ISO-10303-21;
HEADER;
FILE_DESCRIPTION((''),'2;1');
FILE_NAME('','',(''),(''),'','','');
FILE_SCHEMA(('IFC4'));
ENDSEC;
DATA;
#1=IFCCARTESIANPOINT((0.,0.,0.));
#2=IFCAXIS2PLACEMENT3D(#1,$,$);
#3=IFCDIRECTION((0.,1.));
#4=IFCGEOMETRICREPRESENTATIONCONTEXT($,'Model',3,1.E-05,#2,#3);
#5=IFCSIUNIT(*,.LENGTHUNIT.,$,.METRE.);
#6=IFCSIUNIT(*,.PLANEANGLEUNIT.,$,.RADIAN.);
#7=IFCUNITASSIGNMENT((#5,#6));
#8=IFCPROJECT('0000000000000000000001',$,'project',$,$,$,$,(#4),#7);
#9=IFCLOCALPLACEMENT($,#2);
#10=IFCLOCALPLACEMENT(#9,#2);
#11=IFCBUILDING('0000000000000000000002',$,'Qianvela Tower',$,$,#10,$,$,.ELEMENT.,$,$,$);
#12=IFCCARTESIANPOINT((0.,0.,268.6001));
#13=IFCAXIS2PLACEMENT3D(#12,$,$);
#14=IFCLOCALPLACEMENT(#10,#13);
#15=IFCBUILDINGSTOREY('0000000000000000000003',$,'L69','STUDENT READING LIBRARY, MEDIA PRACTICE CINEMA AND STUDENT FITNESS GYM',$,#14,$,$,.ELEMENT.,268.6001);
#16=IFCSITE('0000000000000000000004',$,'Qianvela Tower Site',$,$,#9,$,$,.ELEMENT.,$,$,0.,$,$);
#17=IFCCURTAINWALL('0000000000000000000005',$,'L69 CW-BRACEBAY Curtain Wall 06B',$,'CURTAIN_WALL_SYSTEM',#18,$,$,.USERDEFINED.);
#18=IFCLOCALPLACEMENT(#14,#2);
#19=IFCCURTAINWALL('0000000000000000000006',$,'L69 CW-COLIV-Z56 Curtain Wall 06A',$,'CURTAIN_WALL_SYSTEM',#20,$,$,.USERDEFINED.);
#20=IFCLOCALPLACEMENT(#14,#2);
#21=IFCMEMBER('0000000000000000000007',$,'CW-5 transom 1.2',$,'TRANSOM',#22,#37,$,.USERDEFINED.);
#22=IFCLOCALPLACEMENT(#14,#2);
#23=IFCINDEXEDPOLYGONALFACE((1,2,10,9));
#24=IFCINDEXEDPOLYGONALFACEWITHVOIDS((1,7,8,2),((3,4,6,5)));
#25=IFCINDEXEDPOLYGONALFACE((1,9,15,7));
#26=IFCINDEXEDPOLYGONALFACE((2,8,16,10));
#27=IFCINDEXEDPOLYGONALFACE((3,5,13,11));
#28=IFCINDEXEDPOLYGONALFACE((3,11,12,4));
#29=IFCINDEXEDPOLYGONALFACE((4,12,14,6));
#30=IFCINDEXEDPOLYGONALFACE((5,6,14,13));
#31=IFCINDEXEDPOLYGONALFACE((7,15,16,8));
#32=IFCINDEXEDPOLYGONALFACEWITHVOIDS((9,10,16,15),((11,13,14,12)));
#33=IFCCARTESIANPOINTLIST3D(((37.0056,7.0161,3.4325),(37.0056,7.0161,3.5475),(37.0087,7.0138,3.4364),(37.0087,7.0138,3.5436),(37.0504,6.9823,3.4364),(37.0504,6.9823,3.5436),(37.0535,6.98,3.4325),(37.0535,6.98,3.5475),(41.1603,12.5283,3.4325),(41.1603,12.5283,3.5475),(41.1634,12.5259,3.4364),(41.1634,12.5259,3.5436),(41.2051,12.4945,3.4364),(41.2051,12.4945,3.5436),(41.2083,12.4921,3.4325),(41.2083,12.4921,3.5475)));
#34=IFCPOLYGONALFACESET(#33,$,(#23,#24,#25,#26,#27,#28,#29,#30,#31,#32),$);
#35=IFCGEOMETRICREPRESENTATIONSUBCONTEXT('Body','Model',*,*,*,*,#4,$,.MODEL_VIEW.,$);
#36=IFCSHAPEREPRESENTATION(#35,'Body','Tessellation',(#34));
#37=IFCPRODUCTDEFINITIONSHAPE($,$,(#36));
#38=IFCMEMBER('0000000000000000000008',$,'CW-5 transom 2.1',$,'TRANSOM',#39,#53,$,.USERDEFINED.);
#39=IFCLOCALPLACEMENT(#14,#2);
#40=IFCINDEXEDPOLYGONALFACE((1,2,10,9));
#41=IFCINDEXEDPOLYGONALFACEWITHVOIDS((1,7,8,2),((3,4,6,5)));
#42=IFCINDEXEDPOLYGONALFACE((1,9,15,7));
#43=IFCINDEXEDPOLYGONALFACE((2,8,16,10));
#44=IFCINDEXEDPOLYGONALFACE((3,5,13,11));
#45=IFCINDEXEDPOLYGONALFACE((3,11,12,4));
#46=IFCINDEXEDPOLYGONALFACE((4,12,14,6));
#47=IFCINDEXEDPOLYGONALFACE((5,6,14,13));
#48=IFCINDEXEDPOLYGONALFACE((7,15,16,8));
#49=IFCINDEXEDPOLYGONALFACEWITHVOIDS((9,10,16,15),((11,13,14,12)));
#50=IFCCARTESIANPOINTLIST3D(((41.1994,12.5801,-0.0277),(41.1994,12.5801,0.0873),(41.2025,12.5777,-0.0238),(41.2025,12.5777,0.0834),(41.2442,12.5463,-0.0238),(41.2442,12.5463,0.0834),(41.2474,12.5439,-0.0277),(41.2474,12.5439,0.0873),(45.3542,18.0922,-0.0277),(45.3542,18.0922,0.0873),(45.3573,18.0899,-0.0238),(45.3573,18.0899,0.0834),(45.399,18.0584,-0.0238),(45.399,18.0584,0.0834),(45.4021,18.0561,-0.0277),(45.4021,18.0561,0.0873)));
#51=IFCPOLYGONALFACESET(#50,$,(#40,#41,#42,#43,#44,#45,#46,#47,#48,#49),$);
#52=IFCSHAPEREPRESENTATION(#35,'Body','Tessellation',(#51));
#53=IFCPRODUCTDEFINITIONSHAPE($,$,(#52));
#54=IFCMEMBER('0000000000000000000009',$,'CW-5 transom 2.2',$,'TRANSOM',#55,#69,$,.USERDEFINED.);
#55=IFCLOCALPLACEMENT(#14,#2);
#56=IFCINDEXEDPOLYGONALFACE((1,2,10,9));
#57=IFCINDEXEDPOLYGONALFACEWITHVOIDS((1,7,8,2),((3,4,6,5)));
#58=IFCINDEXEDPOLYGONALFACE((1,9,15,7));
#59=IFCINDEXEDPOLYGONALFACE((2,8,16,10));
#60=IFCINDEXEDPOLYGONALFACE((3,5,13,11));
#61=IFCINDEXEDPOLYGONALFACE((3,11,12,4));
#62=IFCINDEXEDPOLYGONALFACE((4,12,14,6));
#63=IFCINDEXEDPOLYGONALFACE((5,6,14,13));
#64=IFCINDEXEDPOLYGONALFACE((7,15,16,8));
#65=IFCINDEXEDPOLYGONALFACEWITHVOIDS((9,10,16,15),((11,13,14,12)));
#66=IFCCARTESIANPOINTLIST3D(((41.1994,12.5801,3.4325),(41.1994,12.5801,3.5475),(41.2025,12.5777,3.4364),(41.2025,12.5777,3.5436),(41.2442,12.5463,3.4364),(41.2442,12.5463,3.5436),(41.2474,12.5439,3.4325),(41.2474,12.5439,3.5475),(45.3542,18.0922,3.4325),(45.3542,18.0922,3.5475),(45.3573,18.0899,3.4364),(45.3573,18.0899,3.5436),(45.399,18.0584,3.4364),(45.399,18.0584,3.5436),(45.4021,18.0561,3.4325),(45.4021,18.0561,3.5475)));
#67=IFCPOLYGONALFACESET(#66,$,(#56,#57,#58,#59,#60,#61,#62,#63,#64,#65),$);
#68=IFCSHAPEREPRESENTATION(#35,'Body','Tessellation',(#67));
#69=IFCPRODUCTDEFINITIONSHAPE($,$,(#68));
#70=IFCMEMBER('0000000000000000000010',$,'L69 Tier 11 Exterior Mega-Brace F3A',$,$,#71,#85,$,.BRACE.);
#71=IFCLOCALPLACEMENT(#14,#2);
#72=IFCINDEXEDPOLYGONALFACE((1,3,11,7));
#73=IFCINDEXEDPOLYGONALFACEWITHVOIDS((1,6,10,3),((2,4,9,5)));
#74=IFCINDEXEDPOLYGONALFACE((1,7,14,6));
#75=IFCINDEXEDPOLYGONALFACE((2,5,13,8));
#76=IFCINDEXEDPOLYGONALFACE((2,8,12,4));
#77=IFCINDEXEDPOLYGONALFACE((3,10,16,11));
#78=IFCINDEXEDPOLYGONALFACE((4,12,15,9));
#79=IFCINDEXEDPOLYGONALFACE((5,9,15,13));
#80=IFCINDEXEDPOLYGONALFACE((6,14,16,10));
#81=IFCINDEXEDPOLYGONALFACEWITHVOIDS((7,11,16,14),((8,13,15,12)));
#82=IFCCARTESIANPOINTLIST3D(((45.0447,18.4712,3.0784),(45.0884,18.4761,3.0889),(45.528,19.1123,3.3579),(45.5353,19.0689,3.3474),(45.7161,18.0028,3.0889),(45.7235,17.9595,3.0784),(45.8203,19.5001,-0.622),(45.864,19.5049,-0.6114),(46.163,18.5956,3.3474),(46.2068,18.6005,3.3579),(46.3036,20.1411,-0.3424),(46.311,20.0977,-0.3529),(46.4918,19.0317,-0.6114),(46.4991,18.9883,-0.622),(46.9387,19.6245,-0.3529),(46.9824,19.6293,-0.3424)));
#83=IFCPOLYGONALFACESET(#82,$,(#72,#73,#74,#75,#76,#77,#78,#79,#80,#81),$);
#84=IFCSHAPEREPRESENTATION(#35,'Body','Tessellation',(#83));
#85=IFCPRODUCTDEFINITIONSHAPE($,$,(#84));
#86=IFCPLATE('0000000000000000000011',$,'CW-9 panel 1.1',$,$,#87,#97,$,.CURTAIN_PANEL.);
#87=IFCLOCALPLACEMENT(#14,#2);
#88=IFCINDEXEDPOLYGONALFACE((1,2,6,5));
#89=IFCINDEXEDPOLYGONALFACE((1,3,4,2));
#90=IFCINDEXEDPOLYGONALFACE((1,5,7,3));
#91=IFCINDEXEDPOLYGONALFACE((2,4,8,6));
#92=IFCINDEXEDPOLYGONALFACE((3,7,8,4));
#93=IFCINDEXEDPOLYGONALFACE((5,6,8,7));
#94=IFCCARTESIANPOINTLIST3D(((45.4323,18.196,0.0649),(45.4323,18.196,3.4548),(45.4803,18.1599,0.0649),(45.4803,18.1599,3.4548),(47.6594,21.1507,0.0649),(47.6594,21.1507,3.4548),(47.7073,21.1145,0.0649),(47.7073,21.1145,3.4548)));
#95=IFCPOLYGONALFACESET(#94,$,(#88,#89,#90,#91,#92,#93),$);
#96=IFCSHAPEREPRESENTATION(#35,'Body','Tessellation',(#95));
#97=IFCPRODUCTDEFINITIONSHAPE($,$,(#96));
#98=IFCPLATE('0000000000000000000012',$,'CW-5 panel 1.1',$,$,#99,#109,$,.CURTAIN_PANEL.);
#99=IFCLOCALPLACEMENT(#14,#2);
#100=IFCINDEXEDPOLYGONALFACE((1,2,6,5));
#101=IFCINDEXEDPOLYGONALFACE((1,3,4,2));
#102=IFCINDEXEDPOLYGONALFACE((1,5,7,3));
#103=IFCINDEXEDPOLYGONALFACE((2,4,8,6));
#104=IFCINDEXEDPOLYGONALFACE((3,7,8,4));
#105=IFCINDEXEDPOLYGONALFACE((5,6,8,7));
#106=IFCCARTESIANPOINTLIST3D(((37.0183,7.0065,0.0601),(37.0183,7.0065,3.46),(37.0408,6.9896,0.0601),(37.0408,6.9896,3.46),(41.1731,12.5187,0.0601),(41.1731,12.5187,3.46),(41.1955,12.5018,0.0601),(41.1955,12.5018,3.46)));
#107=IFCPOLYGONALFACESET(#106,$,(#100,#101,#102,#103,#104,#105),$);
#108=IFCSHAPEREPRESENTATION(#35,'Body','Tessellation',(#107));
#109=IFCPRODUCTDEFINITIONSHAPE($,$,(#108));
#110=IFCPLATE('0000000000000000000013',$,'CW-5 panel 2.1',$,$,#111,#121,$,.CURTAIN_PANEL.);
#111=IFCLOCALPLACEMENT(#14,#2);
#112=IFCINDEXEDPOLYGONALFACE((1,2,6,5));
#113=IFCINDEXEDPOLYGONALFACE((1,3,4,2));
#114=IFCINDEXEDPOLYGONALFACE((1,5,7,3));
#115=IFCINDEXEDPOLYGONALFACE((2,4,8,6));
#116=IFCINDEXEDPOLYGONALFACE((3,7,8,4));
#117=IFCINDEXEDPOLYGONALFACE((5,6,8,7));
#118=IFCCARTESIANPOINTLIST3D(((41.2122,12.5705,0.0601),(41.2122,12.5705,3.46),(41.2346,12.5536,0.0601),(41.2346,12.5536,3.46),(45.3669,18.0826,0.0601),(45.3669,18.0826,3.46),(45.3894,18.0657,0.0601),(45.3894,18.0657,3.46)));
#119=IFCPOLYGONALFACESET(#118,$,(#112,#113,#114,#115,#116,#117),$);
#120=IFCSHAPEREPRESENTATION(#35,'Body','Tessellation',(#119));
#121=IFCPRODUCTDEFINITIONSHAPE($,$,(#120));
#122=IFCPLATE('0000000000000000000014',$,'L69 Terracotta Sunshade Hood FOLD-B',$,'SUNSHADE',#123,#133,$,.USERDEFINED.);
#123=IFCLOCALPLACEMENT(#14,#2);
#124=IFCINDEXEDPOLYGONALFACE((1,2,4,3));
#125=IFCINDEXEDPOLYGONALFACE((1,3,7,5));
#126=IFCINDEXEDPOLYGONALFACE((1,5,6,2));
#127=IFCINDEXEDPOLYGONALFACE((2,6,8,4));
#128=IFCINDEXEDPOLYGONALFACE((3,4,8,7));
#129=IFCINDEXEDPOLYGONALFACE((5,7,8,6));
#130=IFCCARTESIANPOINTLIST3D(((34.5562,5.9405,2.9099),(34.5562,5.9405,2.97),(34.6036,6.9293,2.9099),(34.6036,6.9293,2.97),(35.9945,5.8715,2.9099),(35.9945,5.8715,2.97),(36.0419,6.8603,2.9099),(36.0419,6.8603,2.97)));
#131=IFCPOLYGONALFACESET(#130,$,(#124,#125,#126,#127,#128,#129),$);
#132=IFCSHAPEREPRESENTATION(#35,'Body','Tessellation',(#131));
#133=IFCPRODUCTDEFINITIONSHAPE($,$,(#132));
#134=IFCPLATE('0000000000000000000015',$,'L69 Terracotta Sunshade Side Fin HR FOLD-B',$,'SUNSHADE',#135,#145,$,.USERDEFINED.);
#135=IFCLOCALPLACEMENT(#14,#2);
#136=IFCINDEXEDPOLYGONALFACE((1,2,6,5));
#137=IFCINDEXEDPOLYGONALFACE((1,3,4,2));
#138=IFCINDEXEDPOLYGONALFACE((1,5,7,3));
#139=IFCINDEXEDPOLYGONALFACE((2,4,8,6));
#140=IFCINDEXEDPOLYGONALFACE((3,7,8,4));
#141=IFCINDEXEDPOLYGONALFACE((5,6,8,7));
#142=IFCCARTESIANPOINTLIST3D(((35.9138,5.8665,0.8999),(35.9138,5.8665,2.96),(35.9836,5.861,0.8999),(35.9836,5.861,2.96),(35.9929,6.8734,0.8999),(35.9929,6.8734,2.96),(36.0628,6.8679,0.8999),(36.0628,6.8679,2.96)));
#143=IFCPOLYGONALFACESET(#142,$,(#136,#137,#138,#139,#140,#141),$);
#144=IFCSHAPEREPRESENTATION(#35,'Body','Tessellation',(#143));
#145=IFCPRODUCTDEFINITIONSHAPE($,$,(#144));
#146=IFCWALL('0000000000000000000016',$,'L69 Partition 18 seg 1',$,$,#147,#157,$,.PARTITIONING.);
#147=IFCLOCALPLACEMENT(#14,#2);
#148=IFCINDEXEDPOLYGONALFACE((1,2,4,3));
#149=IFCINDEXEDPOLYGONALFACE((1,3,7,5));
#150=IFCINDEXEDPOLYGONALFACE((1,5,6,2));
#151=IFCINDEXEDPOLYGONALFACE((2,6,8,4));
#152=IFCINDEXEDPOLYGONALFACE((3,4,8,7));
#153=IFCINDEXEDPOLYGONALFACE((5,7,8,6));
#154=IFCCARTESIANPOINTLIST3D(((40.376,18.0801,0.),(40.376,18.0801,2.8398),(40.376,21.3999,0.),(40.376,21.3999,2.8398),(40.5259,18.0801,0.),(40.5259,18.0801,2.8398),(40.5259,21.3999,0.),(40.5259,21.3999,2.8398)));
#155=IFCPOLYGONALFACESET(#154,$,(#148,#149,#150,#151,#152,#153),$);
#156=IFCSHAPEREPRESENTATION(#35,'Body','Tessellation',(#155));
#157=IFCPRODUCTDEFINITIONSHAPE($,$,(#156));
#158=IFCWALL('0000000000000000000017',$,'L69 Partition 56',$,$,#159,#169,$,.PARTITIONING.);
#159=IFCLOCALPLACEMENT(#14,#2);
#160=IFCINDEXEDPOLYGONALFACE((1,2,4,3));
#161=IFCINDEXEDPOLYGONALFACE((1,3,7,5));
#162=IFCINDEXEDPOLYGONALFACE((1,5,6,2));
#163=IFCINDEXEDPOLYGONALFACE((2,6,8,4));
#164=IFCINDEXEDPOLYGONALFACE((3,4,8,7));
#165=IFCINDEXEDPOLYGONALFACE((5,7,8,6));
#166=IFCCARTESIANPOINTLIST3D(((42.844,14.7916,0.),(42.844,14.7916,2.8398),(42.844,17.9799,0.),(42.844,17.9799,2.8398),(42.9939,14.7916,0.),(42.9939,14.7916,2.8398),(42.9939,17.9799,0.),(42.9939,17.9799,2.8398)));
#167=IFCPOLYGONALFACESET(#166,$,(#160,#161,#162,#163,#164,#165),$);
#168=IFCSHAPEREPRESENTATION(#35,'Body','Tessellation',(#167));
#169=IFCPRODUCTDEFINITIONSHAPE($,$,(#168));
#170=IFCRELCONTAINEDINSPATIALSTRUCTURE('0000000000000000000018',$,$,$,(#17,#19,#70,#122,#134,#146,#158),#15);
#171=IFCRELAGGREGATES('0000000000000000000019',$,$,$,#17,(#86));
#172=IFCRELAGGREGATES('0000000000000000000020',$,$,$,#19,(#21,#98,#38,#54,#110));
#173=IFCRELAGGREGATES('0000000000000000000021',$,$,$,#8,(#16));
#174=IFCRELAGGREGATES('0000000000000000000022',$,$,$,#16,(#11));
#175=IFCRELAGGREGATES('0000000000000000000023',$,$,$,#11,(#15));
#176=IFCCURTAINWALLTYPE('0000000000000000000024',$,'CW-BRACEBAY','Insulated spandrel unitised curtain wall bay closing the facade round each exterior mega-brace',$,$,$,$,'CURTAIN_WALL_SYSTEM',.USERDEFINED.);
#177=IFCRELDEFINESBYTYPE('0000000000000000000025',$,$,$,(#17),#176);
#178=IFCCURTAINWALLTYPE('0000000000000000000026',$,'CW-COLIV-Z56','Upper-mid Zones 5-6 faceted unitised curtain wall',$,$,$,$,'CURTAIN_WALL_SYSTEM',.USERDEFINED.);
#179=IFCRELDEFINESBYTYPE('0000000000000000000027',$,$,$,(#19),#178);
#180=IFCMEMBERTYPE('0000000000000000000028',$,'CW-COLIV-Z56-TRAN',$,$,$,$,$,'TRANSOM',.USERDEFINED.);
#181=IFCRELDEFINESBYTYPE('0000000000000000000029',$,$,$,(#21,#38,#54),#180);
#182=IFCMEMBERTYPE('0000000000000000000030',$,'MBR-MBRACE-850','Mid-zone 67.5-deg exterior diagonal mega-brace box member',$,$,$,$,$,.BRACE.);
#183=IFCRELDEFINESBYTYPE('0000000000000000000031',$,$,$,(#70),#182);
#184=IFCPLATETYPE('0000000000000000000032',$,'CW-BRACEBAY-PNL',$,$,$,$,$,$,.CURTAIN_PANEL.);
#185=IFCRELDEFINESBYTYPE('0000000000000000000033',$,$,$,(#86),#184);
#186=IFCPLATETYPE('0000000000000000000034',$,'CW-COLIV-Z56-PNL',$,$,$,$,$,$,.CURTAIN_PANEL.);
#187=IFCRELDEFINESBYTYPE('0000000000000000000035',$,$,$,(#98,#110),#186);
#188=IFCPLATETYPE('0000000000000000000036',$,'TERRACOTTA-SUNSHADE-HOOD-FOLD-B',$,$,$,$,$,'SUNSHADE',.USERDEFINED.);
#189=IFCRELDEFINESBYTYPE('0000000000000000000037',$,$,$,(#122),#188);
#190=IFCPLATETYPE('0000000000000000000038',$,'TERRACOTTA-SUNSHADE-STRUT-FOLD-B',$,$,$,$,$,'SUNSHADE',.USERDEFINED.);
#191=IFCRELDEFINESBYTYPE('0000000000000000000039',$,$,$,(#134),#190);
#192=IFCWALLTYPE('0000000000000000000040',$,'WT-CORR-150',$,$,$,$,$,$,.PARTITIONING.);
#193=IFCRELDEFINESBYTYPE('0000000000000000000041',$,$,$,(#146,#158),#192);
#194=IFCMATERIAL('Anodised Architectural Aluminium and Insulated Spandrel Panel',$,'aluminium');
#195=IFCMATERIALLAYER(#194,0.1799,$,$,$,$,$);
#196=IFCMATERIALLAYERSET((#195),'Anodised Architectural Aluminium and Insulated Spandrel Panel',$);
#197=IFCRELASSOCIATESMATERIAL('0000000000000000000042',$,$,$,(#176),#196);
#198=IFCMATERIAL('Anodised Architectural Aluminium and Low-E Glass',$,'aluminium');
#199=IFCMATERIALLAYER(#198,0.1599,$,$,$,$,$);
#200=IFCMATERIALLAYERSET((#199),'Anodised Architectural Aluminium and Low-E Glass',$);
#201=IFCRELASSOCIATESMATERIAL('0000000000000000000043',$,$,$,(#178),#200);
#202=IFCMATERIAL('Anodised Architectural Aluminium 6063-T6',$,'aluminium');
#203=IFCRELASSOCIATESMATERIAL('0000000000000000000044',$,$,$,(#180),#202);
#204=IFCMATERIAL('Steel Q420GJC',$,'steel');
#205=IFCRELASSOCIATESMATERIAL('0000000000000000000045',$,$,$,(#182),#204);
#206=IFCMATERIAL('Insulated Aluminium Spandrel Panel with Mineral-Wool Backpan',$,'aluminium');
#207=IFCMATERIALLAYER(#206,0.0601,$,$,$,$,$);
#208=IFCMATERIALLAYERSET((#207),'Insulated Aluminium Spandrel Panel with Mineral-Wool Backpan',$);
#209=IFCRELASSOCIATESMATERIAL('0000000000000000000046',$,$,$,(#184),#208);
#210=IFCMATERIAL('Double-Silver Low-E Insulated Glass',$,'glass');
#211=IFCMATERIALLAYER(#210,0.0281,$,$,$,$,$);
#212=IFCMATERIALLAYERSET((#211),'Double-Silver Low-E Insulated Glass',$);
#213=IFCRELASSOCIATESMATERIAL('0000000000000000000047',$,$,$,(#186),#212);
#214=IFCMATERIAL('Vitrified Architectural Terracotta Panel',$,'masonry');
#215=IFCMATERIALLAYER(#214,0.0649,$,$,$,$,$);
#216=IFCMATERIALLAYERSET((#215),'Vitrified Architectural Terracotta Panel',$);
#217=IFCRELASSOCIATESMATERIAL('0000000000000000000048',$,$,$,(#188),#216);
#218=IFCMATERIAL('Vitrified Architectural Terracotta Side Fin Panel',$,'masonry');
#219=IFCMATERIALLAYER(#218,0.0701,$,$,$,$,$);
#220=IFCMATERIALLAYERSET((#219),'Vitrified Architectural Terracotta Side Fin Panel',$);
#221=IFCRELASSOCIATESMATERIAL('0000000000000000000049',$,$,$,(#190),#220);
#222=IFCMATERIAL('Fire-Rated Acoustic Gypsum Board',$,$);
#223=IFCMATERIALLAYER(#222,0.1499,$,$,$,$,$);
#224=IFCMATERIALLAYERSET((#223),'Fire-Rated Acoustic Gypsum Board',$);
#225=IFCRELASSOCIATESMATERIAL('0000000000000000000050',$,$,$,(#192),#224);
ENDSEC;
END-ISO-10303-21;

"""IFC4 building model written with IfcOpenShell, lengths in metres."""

from ifc_helpers import new_model, si_unit, direction, frame, frame_2d, origin, origin_2d, place, context, subcontext, project, spatial, rectangle, hollow_rectangle, extrude, material, layer, layer_set, material_profile, profile_set, type_object, element, aggregate, save


model = new_model("IFC4")

# Units and contexts
model_context = context("Model", 3, precision=1e-05, world=origin(), true_north=direction((0.0, 1.0)))
body_context = subcontext(model_context, "Body", "Model", "MODEL_VIEW")
ifc_project = project(units=[si_unit("LENGTHUNIT", "METRE"), si_unit("PLANEANGLEUNIT", "RADIAN")], contexts=[model_context])

# Site, building, storey
site_placement = place(None, origin())
site = spatial("IfcSite", under=ifc_project, at=site_placement, Name="Qianvela Tower Site", CompositionType="ELEMENT", RefElevation=0.0)
building_placement = place(site_placement, origin())
building = spatial("IfcBuilding", under=site, at=building_placement, Name="Qianvela Tower", CompositionType="ELEMENT")
storey_placement = place(building_placement, frame((0.0, 0.0, 268.6001)))
storey = spatial("IfcBuildingStorey", under=building, at=storey_placement, Name="L69", Description="STUDENT READING LIBRARY, MEDIA PRACTICE CINEMA AND STUDENT FITNESS GYM", CompositionType="ELEMENT", Elevation=268.6001)

# Curtain walls, members
ifc_material_1 = material(Name="Anodised Architectural Aluminium and Insulated Spandrel Panel", Category="aluminium")
ifc_layer_1 = layer(ifc_material_1, 0.1799)
ifc_layer_set_1 = layer_set([ifc_layer_1], Name="Anodised Architectural Aluminium and Insulated Spandrel Panel")
curtain_wall_type_1 = type_object("IfcCurtainWallType", Name="CW-BRACEBAY", Description="Insulated spandrel unitised curtain wall bay closing the facade round each exterior mega-brace", ElementType="CURTAIN_WALL_SYSTEM", PredefinedType="USERDEFINED", material=ifc_layer_set_1)
curtain_wall_1_placement = place(storey_placement, origin())
curtain_wall_1 = element("IfcCurtainWall", 1, at=curtain_wall_1_placement, inside=storey, type_object=curtain_wall_type_1, Name="L69 CW-BRACEBAY Curtain Wall 06B", ObjectType="CURTAIN_WALL_SYSTEM", PredefinedType="USERDEFINED")
ifc_material_2 = material(Name="Anodised Architectural Aluminium and Low-E Glass", Category="aluminium")
ifc_layer_2 = layer(ifc_material_2, 0.1599)
ifc_layer_set_2 = layer_set([ifc_layer_2], Name="Anodised Architectural Aluminium and Low-E Glass")
curtain_wall_type_2 = type_object("IfcCurtainWallType", Name="CW-COLIV-Z56", Description="Upper-mid Zones 5-6 faceted unitised curtain wall", ElementType="CURTAIN_WALL_SYSTEM", PredefinedType="USERDEFINED", material=ifc_layer_set_2)
curtain_wall_2_placement = place(storey_placement, origin())
curtain_wall_2 = element("IfcCurtainWall", 2, at=curtain_wall_2_placement, inside=storey, type_object=curtain_wall_type_2, Name="L69 CW-COLIV-Z56 Curtain Wall 06A", ObjectType="CURTAIN_WALL_SYSTEM", PredefinedType="USERDEFINED")
ifc_material_3 = material(Name="Anodised Architectural Aluminium 6063-T6", Category="aluminium")
ifc_material_profile_1 = material_profile(ifc_material_3, hollow_rectangle(XDim=0.0601, YDim=0.115, WallThickness=0.0039, at=origin_2d()), Name="ALU-TRAN-60x115")
ifc_profile_set_1 = profile_set([ifc_material_profile_1], Name="Anodised Architectural Aluminium 6063-T6")
member_type_1 = type_object("IfcMemberType", Name="CW-COLIV-Z56-TRAN", ElementType="TRANSOM", PredefinedType="USERDEFINED", material=ifc_profile_set_1)
member_1_placement = place(storey_placement, frame((37.0295, 6.998, 3.49), z_axis=(0.601911, 0.798563, 0.0), x_axis=(-0.798563, 0.601911, 0.0)))
member_1 = element("IfcMember", 3, at=member_1_placement, type_object=member_type_1, Name="CW-5 transom 1.2", ObjectType="TRANSOM", PredefinedType="USERDEFINED", context=body_context, shape_type="SweptSolid", body=[
    extrude(hollow_rectangle(XDim=0.0601, YDim=0.115, WallThickness=0.0039, at=origin_2d()), origin(), (0.0, 0.0, 1.0), 6.9026),
])
member_2_placement = place(storey_placement, frame((41.2234, 12.562, 0.0298), z_axis=(0.601911, 0.798563, 0.0), x_axis=(-0.798563, 0.601911, 0.0)))
member_2 = element("IfcMember", 4, at=member_2_placement, type_object=member_type_1, Name="CW-5 transom 2.1", ObjectType="TRANSOM", PredefinedType="USERDEFINED", context=body_context, shape_type="SweptSolid", body=[
    extrude(hollow_rectangle(XDim=0.0601, YDim=0.115, WallThickness=0.0039, at=origin_2d()), origin(), (0.0, 0.0, 1.0), 6.9026),
])
member_3_placement = place(storey_placement, frame((41.2234, 12.562, 3.49), z_axis=(0.601911, 0.798563, 0.0), x_axis=(-0.798563, 0.601911, 0.0)))
member_3 = element("IfcMember", 5, at=member_3_placement, type_object=member_type_1, Name="CW-5 transom 2.2", ObjectType="TRANSOM", PredefinedType="USERDEFINED", context=body_context, shape_type="SweptSolid", body=[
    extrude(hollow_rectangle(XDim=0.0601, YDim=0.115, WallThickness=0.0039, at=origin_2d()), origin(), (0.0, 0.0, 1.0), 6.9026),
])

# Member
ifc_material_4 = material(Name="Steel Q420GJC", Category="steel")
ifc_material_profile_2 = material_profile(ifc_material_4, hollow_rectangle(XDim=0.8501, YDim=0.8501, WallThickness=0.032, at=origin_2d()), Name="MBOX-850x850x32")
ifc_profile_set_2 = profile_set([ifc_material_profile_2], Name="Steel Q420GJC")
member_type_2 = type_object("IfcMemberType", Name="MBR-MBRACE-850", Description="Mid-zone 67.5-deg exterior diagonal mega-brace box member", PredefinedType="BRACE", material=ifc_profile_set_2)
member_4_placement = place(storey_placement, frame((46.4014, 19.5647, -0.4822), z_axis=(-0.197962, -0.262578, 0.944385), x_axis=(0.798497, -0.601999, 0.0)))
element("IfcMember", 6, at=member_4_placement, inside=storey, type_object=member_type_2, Name="L69 Tier 11 Exterior Mega-Brace F3A", PredefinedType="BRACE", context=body_context, shape_type="SweptSolid", body=[
    extrude(hollow_rectangle(XDim=0.8501, YDim=0.8501, WallThickness=0.032, at=origin_2d()), origin(), (0.0, 0.0, 1.0), 3.9182),
])

# Plates
ifc_material_5 = material(Name="Insulated Aluminium Spandrel Panel with Mineral-Wool Backpan", Category="aluminium")
ifc_layer_3 = layer(ifc_material_5, 0.0601)
ifc_layer_set_3 = layer_set([ifc_layer_3], Name="Insulated Aluminium Spandrel Panel with Mineral-Wool Backpan")
plate_type_1 = type_object("IfcPlateType", Name="CW-BRACEBAY-PNL", PredefinedType="CURTAIN_PANEL", material=ifc_layer_set_3)
plate_1_placement = place(storey_placement, frame((46.5698, 19.6553, 0.0649), z_axis=(0.0, 0.0, 1.0), x_axis=(0.601907, 0.798566, 0.0)))
plate_1 = element("IfcPlate", 7, at=plate_1_placement, type_object=plate_type_1, Name="CW-9 panel 1.1", PredefinedType="CURTAIN_PANEL", context=body_context, shape_type="SweptSolid", body=[
    extrude(rectangle(XDim=3.7, YDim=0.0601, at=origin_2d()), origin(), (0.0, 0.0, 1.0), 3.3899),
])
aggregate(curtain_wall_1, [plate_1])
ifc_material_6 = material(Name="Double-Silver Low-E Insulated Glass", Category="glass")
ifc_layer_4 = layer(ifc_material_6, 0.0281)
ifc_layer_set_4 = layer_set([ifc_layer_4], Name="Double-Silver Low-E Insulated Glass")
plate_type_2 = type_object("IfcPlateType", Name="CW-COLIV-Z56-PNL", PredefinedType="CURTAIN_PANEL", material=ifc_layer_set_4)
plate_2_placement = place(storey_placement, frame((39.1069, 9.7542, 0.0601), z_axis=(0.0, 0.0, 1.0), x_axis=(0.601913, 0.798562, 0.0)))
plate_2 = element("IfcPlate", 8, at=plate_2_placement, type_object=plate_type_2, Name="CW-5 panel 1.1", PredefinedType="CURTAIN_PANEL", context=body_context, shape_type="SweptSolid", body=[
    extrude(rectangle(XDim=6.9026, YDim=0.0281, at=origin_2d()), origin(), (0.0, 0.0, 1.0), 3.3999),
])
plate_3_placement = place(storey_placement, frame((43.3008, 15.3181, 0.0601), z_axis=(0.0, 0.0, 1.0), x_axis=(0.601913, 0.798562, 0.0)))
plate_3 = element("IfcPlate", 9, at=plate_3_placement, type_object=plate_type_2, Name="CW-5 panel 2.1", PredefinedType="CURTAIN_PANEL", context=body_context, shape_type="SweptSolid", body=[
    extrude(rectangle(XDim=6.9026, YDim=0.0281, at=origin_2d()), origin(), (0.0, 0.0, 1.0), 3.3999),
])
aggregate(curtain_wall_2, [member_1, plate_2, member_2, member_3, plate_3])

# Plates
ifc_material_7 = material(Name="Vitrified Architectural Terracotta Panel", Category="masonry")
ifc_layer_5 = layer(ifc_material_7, 0.0649)
ifc_layer_set_5 = layer_set([ifc_layer_5], Name="Vitrified Architectural Terracotta Panel")
plate_type_3 = type_object("IfcPlateType", Name="TERRACOTTA-SUNSHADE-HOOD-FOLD-B", ElementType="SUNSHADE", PredefinedType="USERDEFINED", material=ifc_layer_set_5)
plate_4_placement = place(storey_placement, frame((35.2991, 6.4004, 2.9099), z_axis=(0.0, 0.0, 1.0), x_axis=(0.998852, -0.047907, 0.0)))
element("IfcPlate", 10, at=plate_4_placement, inside=storey, type_object=plate_type_3, Name="L69 Terracotta Sunshade Hood FOLD-B", ObjectType="SUNSHADE", PredefinedType="USERDEFINED", context=body_context, shape_type="SweptSolid", body=[
    extrude(rectangle(XDim=1.4399, YDim=0.99, at=origin_2d()), origin(), (0.0, 0.0, 1.0), 0.0601),
])
ifc_material_8 = material(Name="Vitrified Architectural Terracotta Side Fin Panel", Category="masonry")
ifc_layer_6 = layer(ifc_material_8, 0.0701)
ifc_layer_set_6 = layer_set([ifc_layer_6], Name="Vitrified Architectural Terracotta Side Fin Panel")
plate_type_4 = type_object("IfcPlateType", Name="TERRACOTTA-SUNSHADE-STRUT-FOLD-B", ElementType="SUNSHADE", PredefinedType="USERDEFINED", material=ifc_layer_set_6)
plate_5_placement = place(storey_placement, frame((35.9883, 6.3672, 0.8999), z_axis=(0.0, 0.0, 1.0), x_axis=(0.996923, -0.078388, 0.0)))
element("IfcPlate", 11, at=plate_5_placement, inside=storey, type_object=plate_type_4, Name="L69 Terracotta Sunshade Side Fin HR FOLD-B", ObjectType="SUNSHADE", PredefinedType="USERDEFINED", context=body_context, shape_type="SweptSolid", body=[
    extrude(rectangle(XDim=0.0701, YDim=1.01, at=origin_2d()), origin(), (0.0, 0.0, 1.0), 2.0601),
])

# Shared definitions
ifc_material_9 = material(Name="Fire-Rated Acoustic Gypsum Board")
ifc_layer_7 = layer(ifc_material_9, 0.1499)
ifc_layer_set_7 = layer_set([ifc_layer_7], Name="Fire-Rated Acoustic Gypsum Board")
wall_type_1 = type_object("IfcWallType", Name="WT-CORR-150", PredefinedType="PARTITIONING", material=ifc_layer_set_7)

# Walls
wall_1_placement = place(storey_placement, frame((40.4509, 18.0801, 0.0), z_axis=(0.0, 0.0, 1.0), x_axis=(0.0, 1.0, 0.0)))
element("IfcWall", 12, at=wall_1_placement, inside=storey, type_object=wall_type_1, Name="L69 Partition 18 seg 1", PredefinedType="PARTITIONING", context=body_context, shape_type="SweptSolid", body=[
    extrude(rectangle(XDim=3.3198, YDim=0.1499, at=frame_2d((1.6599, 0.0))), origin(), (0.0, 0.0, 1.0), 2.8398),
])
wall_2_placement = place(storey_placement, frame((42.9189, 17.98, 0.0), z_axis=(0.0, 0.0, 1.0), x_axis=(0.0, -1.0, 0.0)))
element("IfcWall", 13, at=wall_2_placement, inside=storey, type_object=wall_type_1, Name="L69 Partition 56", PredefinedType="PARTITIONING", context=body_context, shape_type="SweptSolid", body=[
    extrude(rectangle(XDim=3.1882, YDim=0.1499, at=frame_2d((1.5942, 0.0))), origin(), (0.0, 0.0, 1.0), 2.8398),
])

save(model, "model.ifc")
